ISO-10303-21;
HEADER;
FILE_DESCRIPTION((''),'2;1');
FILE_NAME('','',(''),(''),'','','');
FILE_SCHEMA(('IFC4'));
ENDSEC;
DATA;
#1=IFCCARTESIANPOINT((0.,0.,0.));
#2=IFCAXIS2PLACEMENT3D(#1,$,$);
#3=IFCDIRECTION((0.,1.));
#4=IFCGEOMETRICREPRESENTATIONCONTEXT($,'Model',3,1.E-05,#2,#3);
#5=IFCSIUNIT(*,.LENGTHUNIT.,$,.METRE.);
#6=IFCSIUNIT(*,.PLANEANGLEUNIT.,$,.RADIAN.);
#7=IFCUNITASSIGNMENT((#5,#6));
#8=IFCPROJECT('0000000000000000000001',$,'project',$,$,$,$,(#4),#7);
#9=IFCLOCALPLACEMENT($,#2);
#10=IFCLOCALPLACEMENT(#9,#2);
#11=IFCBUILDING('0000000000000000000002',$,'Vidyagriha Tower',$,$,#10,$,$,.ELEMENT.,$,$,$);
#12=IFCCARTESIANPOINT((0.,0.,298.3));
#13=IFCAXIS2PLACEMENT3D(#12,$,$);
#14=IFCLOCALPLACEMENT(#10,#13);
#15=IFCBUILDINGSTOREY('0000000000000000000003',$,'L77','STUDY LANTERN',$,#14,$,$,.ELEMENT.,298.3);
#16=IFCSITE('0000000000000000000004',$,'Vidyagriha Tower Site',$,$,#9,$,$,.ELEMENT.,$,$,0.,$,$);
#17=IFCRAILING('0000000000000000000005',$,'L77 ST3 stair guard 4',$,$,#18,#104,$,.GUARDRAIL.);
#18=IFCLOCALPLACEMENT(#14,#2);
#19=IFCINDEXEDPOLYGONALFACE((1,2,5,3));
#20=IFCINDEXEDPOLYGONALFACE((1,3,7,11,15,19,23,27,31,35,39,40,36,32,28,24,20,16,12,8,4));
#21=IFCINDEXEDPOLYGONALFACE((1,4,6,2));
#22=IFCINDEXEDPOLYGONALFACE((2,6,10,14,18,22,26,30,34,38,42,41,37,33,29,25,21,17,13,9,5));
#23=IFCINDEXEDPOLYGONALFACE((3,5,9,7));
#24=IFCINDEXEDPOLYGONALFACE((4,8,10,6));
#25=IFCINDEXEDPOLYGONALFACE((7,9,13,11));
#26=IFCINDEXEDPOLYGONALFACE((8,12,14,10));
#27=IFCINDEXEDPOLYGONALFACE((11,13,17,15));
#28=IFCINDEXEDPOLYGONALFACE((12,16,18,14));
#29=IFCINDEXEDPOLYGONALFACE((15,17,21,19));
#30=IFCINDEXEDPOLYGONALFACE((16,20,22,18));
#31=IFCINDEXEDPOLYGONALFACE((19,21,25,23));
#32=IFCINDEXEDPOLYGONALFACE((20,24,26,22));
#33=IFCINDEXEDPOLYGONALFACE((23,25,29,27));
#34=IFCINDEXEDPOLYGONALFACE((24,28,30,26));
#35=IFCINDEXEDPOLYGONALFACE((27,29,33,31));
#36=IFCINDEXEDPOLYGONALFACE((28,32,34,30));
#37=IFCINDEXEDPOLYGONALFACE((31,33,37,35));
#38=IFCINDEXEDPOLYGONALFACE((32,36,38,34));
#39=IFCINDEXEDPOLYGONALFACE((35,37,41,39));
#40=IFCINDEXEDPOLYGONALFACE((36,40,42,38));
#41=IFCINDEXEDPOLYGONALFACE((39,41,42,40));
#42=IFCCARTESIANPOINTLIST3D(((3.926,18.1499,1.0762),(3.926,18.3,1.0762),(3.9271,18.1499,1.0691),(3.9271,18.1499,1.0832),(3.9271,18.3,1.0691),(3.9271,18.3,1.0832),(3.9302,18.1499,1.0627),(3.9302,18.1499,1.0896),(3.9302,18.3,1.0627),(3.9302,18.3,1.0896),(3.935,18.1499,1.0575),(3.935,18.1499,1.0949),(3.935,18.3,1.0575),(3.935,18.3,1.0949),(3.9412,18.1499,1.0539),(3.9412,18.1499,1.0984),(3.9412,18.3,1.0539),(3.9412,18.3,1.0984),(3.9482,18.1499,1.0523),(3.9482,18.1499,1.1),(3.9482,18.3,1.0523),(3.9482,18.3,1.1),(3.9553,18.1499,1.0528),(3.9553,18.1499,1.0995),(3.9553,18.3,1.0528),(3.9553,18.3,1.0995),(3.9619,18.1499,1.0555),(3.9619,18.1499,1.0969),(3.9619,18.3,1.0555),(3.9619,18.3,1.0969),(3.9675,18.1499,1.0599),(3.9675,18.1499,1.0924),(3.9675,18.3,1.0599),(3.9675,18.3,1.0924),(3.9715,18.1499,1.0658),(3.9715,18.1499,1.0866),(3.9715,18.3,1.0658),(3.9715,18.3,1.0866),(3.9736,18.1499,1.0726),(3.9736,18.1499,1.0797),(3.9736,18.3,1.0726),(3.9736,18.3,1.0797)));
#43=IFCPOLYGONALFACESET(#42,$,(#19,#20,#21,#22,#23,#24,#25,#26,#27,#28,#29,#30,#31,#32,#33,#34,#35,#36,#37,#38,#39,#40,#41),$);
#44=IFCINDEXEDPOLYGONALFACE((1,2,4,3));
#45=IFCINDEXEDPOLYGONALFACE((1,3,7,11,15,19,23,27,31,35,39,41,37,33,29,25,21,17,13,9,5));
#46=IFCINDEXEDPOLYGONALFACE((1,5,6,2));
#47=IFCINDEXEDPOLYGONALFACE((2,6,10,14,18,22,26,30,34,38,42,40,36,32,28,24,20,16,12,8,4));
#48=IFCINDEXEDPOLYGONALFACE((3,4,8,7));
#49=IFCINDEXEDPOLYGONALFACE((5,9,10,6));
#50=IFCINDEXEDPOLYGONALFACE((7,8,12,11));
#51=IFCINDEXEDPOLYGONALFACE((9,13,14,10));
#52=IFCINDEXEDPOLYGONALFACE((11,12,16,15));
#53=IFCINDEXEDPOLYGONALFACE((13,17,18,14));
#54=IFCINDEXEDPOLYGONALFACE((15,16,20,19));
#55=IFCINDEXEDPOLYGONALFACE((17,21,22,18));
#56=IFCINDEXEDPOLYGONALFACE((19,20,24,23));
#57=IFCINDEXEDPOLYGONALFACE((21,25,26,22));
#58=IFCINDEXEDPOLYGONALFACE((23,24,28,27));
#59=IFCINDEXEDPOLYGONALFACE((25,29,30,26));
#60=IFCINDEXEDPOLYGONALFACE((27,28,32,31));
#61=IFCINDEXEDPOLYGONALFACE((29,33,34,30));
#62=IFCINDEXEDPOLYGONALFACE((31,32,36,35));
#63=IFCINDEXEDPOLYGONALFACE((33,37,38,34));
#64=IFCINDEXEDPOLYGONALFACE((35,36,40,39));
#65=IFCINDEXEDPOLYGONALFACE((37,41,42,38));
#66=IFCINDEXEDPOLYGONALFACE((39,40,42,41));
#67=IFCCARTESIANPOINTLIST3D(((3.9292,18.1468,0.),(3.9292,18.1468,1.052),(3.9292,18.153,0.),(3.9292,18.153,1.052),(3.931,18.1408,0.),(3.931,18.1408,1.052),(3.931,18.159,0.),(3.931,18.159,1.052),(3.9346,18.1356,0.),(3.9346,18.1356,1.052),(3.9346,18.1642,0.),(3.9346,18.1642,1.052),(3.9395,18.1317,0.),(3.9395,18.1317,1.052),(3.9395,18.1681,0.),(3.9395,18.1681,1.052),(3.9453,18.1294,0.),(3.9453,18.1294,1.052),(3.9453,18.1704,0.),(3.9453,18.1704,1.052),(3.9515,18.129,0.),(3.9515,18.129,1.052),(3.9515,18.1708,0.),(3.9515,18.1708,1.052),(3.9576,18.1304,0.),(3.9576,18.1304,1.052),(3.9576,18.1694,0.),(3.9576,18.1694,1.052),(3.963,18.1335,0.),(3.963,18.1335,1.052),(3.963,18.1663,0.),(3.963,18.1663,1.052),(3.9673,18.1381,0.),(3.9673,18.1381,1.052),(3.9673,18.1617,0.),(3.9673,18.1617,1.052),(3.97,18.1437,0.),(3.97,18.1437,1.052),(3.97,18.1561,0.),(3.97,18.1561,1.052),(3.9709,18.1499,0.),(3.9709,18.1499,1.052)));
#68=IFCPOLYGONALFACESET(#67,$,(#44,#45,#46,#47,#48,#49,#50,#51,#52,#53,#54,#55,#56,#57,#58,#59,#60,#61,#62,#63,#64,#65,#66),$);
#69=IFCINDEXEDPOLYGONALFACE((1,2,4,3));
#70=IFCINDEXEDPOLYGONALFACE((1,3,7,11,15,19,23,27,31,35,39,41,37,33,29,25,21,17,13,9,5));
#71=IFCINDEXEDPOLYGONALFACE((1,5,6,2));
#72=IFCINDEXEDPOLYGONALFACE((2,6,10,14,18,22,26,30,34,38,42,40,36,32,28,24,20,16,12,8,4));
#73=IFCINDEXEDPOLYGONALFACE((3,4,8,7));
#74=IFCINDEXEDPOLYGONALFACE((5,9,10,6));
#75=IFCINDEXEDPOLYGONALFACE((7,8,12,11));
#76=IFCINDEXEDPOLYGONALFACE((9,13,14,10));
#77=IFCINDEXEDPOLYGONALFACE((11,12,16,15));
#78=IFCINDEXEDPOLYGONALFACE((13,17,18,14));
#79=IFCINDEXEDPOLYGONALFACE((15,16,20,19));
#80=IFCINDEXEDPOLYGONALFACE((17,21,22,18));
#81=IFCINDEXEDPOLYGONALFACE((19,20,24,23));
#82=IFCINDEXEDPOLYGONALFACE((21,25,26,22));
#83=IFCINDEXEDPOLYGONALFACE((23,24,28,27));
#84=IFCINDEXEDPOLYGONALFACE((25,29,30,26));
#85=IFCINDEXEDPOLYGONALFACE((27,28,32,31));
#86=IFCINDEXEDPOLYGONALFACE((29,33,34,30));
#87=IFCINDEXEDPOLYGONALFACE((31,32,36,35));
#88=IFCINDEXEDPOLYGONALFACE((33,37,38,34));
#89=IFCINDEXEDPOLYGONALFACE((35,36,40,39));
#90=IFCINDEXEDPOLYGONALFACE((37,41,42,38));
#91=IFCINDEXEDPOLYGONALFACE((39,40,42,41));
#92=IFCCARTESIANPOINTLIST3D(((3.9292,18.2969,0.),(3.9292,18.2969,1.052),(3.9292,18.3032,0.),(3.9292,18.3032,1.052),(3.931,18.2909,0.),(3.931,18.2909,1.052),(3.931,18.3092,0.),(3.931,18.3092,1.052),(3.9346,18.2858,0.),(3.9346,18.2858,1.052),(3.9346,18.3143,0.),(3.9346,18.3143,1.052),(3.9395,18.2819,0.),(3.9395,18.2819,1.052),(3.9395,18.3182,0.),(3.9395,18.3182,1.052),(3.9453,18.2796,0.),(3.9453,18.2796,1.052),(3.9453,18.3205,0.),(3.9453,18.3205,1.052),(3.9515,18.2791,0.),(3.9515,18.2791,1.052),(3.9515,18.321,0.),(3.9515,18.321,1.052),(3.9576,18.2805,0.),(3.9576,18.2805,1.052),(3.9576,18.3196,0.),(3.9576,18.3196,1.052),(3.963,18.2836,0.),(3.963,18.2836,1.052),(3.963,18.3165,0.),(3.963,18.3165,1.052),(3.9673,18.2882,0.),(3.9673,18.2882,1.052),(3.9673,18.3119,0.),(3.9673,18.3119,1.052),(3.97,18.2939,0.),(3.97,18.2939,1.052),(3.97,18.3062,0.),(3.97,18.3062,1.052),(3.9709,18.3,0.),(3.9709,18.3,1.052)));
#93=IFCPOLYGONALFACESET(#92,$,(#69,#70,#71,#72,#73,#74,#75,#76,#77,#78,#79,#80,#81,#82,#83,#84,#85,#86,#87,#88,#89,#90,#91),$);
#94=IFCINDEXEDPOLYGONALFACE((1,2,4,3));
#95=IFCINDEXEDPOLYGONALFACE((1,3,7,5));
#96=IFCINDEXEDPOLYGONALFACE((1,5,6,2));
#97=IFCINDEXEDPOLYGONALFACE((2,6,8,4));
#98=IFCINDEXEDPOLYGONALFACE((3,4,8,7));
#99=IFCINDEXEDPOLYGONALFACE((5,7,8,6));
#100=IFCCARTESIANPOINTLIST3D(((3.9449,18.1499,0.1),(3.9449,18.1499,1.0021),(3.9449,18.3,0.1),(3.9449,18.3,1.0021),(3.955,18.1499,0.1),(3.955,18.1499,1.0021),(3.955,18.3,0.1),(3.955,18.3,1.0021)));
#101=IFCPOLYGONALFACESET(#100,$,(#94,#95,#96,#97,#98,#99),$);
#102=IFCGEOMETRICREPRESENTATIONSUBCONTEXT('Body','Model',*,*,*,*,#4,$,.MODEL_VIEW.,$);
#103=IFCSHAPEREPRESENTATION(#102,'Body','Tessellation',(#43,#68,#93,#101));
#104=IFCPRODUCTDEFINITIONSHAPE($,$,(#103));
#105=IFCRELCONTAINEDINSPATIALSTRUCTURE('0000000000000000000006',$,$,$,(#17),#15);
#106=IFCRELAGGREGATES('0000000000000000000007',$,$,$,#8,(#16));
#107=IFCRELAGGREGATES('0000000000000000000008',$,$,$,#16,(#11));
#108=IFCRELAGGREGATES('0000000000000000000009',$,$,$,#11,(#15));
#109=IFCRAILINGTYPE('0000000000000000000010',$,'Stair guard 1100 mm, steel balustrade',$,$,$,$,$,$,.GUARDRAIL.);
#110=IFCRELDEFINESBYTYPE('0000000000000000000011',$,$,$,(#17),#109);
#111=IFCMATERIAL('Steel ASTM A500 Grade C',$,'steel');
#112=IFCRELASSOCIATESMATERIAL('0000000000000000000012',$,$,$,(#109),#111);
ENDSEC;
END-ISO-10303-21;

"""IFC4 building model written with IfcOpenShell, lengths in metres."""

from ifc_helpers import new_model, si_unit, direction, frame, origin, origin_2d, place, context, subcontext, project, spatial, rectangle, circle, extrude, material, type_object, element, save


model = new_model("IFC4")

# Units and contexts
model_context = context("Model", 3, precision=1e-05, world=origin(), true_north=direction((0.0, 1.0)))
body_context = subcontext(model_context, "Body", "Model", "MODEL_VIEW")
ifc_project = project(units=[si_unit("LENGTHUNIT", "METRE"), si_unit("PLANEANGLEUNIT", "RADIAN")], contexts=[model_context])

# Site, building, storey
site_placement = place(None, origin())
site = spatial("IfcSite", under=ifc_project, at=site_placement, Name="Vidyagriha Tower Site", CompositionType="ELEMENT", RefElevation=0.0)
building_placement = place(site_placement, origin())
building = spatial("IfcBuilding", under=site, at=building_placement, Name="Vidyagriha Tower", CompositionType="ELEMENT")
storey_placement = place(building_placement, frame((0.0, 0.0, 298.3)))
storey = spatial("IfcBuildingStorey", under=building, at=storey_placement, Name="L77", Description="STUDY LANTERN", CompositionType="ELEMENT", Elevation=298.3)

# Railing
ifc_material_1 = material(Name="Steel ASTM A500 Grade C", Category="steel")
railing_type_1 = type_object("IfcRailingType", Name="Stair guard 1100 mm, steel balustrade", PredefinedType="GUARDRAIL", material=ifc_material_1)
railing_1_placement = place(storey_placement, frame((3.95, 18.1499, 0.0)))
element("IfcRailing", 1, at=railing_1_placement, inside=storey, type_object=railing_type_1, Name="L77 ST3 stair guard 4", PredefinedType="GUARDRAIL", context=body_context, shape_type="SweptSolid", body=[
    extrude(circle(Radius=0.0239, at=origin_2d()), frame((0.0, 0.0, 1.0762), z_axis=(0.0, 1.0, 0.0), x_axis=(-1.0, 0.0, 0.0)), (0.0, 0.0, 1.0), 0.1501),
    extrude(circle(Radius=0.021, at=origin_2d()), origin(), (0.0, 0.0, 1.0), 1.052),
    extrude(circle(Radius=0.021, at=origin_2d()), frame((0.0, 0.1501, 0.0)), (0.0, 0.0, 1.0), 1.052),
    extrude(rectangle(XDim=0.01, YDim=0.9021, at=origin_2d()), frame((0.0, 0.0, 0.551), z_axis=(0.0, 1.0, 0.0), x_axis=(-1.0, 0.0, 0.0)), (0.0, 0.0, 1.0), 0.1501),
])

save(model, "model.ifc")
